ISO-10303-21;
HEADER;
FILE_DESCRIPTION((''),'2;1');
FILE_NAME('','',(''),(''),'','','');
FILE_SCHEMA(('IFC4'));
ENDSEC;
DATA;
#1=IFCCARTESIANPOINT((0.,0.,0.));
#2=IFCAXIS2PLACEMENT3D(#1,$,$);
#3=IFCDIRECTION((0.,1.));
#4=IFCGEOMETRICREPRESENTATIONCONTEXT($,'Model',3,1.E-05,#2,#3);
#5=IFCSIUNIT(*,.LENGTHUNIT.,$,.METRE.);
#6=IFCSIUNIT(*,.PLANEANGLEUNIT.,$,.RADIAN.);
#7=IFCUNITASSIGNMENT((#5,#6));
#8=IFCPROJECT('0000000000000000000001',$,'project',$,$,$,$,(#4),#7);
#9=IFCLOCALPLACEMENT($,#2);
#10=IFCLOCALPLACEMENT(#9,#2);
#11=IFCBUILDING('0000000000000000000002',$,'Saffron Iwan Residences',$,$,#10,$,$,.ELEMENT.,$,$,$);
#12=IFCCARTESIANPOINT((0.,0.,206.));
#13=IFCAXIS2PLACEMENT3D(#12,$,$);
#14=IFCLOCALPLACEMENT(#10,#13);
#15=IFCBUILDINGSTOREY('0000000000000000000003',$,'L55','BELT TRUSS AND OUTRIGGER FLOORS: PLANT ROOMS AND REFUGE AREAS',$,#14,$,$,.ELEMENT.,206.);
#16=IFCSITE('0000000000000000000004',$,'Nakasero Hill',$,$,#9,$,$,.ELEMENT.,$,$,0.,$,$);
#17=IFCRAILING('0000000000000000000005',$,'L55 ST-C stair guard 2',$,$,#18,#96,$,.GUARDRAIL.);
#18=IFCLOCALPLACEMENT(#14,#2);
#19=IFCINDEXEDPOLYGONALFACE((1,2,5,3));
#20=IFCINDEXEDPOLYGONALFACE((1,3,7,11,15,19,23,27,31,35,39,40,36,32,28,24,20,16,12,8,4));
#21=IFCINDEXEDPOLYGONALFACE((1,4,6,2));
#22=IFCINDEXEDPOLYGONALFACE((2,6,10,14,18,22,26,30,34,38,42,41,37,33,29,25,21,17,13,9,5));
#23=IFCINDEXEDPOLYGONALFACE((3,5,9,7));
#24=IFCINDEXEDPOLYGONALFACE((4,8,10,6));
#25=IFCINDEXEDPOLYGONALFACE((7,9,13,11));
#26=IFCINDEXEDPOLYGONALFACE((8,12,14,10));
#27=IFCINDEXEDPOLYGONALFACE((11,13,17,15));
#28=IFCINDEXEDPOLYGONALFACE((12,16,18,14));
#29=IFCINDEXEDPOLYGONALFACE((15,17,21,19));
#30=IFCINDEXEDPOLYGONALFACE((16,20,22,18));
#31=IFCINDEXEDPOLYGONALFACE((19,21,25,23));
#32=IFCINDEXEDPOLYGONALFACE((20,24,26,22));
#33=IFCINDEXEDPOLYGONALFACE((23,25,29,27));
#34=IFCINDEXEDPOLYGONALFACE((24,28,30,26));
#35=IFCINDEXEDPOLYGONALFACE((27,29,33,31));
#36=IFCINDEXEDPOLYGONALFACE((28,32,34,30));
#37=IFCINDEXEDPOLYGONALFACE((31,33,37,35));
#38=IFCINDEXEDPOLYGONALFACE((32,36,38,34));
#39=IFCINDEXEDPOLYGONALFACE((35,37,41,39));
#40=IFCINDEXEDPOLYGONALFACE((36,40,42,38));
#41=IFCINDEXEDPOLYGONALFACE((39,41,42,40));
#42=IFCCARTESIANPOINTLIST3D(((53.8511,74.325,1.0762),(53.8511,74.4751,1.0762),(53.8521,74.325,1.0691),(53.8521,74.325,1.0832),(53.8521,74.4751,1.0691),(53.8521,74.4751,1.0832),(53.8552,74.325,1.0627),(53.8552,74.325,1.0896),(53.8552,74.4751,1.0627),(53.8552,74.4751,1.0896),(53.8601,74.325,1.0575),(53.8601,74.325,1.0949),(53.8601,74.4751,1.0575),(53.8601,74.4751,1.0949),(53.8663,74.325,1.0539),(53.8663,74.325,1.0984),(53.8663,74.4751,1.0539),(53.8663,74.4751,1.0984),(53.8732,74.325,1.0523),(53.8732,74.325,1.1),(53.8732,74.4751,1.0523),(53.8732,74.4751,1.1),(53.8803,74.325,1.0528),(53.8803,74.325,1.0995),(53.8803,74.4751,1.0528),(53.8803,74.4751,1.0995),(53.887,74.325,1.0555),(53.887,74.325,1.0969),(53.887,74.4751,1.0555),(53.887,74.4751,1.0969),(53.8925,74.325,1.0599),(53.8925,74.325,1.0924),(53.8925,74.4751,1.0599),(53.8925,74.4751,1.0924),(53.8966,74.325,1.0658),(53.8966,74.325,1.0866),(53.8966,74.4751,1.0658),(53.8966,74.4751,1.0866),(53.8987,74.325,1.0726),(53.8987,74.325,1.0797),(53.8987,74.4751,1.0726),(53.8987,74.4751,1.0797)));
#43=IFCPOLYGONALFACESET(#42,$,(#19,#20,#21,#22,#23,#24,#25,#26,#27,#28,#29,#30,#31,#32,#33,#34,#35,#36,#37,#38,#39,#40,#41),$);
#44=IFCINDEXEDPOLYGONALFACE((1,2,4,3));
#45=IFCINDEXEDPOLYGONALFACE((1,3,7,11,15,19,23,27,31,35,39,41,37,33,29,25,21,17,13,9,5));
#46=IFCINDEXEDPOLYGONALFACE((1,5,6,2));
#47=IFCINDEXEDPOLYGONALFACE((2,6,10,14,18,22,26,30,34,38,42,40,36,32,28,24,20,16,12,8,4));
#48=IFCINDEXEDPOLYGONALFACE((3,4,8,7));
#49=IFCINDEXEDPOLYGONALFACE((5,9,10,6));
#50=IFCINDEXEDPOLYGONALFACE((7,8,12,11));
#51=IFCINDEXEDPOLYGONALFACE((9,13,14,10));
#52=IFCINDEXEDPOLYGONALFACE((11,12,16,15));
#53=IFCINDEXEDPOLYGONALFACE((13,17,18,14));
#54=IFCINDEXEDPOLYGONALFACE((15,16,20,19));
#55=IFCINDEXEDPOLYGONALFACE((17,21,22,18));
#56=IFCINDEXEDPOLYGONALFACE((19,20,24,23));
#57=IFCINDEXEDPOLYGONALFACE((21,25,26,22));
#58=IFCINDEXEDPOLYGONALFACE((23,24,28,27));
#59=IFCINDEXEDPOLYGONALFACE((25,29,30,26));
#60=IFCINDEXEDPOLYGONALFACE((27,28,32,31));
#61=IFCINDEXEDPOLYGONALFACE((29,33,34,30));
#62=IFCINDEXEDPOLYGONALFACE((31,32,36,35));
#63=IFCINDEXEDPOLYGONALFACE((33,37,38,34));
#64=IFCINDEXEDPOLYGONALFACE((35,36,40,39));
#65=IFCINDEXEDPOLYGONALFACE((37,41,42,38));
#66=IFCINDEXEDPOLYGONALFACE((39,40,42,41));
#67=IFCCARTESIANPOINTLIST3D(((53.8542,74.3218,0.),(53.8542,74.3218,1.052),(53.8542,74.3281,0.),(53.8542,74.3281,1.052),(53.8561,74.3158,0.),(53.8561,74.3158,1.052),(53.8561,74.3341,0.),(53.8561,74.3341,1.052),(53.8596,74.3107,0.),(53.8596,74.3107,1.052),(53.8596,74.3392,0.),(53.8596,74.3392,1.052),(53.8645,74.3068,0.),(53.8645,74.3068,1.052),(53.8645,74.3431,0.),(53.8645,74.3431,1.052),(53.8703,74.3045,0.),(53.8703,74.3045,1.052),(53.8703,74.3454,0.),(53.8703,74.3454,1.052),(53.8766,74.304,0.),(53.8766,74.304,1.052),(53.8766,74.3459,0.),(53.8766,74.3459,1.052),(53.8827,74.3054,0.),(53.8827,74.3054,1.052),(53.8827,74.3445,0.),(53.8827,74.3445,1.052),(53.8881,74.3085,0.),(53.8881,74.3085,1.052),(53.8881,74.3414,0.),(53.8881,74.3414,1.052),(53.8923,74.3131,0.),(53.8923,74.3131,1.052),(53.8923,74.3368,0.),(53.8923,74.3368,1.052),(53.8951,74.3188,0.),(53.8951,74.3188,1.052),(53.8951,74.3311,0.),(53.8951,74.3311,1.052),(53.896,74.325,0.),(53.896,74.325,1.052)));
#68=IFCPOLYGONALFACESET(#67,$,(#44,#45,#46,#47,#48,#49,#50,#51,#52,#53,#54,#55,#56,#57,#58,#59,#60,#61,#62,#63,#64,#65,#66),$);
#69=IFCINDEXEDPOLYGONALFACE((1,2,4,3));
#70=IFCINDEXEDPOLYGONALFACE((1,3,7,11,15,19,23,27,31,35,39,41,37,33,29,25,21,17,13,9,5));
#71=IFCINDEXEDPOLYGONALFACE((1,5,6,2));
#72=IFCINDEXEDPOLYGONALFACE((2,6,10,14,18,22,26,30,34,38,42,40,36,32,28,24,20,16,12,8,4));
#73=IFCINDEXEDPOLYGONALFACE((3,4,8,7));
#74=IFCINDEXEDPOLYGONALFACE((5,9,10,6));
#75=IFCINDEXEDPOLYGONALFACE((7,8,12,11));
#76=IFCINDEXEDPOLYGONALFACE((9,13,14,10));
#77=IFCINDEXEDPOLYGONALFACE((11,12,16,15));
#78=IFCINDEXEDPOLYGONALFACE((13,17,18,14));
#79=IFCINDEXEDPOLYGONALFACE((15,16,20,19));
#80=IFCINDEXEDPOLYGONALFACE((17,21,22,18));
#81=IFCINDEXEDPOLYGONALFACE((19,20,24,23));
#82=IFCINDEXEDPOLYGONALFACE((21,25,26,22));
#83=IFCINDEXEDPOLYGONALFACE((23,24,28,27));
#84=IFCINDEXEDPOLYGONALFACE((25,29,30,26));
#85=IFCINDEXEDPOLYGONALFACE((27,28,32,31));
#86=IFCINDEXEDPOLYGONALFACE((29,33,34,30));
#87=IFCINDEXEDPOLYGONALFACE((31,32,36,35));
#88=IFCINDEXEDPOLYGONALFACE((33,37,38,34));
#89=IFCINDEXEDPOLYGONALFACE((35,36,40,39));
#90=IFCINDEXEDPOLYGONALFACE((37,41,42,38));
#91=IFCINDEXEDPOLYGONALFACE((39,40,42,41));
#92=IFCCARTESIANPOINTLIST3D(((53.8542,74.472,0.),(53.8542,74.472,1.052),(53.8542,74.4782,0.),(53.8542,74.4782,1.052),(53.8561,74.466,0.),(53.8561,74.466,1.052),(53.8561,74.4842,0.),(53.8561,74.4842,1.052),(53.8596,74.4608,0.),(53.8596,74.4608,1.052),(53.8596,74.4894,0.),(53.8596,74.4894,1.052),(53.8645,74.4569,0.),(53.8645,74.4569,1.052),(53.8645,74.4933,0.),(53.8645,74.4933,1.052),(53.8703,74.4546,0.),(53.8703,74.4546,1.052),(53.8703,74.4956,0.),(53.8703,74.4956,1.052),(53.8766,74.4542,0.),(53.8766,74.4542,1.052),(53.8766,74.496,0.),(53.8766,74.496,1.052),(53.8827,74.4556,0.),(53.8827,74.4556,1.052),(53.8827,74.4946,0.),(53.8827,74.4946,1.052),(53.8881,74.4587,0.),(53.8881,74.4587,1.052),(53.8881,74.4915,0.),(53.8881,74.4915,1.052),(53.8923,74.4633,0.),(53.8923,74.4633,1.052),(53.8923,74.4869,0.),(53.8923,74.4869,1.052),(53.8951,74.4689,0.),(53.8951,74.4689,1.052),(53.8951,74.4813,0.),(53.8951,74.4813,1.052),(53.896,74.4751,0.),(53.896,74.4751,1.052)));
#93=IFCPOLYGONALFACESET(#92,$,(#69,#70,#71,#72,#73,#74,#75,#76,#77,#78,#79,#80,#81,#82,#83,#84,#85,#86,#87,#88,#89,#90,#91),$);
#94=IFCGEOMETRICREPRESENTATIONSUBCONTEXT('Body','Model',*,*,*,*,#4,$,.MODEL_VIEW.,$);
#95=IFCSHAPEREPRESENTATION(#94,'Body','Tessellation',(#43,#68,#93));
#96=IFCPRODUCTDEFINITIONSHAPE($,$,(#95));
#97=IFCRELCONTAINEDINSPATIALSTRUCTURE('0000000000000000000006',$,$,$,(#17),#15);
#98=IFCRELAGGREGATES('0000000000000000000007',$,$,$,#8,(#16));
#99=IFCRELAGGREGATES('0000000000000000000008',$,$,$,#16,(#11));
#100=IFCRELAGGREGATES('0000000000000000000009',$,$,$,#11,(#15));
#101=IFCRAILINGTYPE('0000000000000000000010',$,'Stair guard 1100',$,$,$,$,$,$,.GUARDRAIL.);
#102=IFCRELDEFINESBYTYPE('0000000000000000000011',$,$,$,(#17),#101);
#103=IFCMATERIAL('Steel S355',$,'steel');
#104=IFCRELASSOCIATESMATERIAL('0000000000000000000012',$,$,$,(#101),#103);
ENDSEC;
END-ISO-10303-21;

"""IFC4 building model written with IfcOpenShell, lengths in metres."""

from ifc_helpers import new_model, si_unit, direction, frame, origin, origin_2d, place, context, subcontext, project, spatial, circle, extrude, material, type_object, element, save


model = new_model("IFC4")

# Units and contexts
model_context = context("Model", 3, precision=1e-05, world=origin(), true_north=direction((0.0, 1.0)))
body_context = subcontext(model_context, "Body", "Model", "MODEL_VIEW")
ifc_project = project(units=[si_unit("LENGTHUNIT", "METRE"), si_unit("PLANEANGLEUNIT", "RADIAN")], contexts=[model_context])

# Site, building, storey
site_placement = place(None, origin())
site = spatial("IfcSite", under=ifc_project, at=site_placement, Name="Nakasero Hill", CompositionType="ELEMENT", RefElevation=0.0)
building_placement = place(site_placement, origin())
building = spatial("IfcBuilding", under=site, at=building_placement, Name="Saffron Iwan Residences", CompositionType="ELEMENT")
storey_placement = place(building_placement, frame((0.0, 0.0, 206.0)))
storey = spatial("IfcBuildingStorey", under=building, at=storey_placement, Name="L55", Description="BELT TRUSS AND OUTRIGGER FLOORS: PLANT ROOMS AND REFUGE AREAS", CompositionType="ELEMENT", Elevation=206.0)

# Shared definitions
ifc_material_1 = material(Name="Steel S355", Category="steel")

# Railing
railing_type_1 = type_object("IfcRailingType", Name="Stair guard 1100", PredefinedType="GUARDRAIL", material=ifc_material_1)
railing_1_placement = place(storey_placement, frame((53.875, 74.325, 0.0)))
element("IfcRailing", 1, at=railing_1_placement, inside=storey, type_object=railing_type_1, Name="L55 ST-C stair guard 2", PredefinedType="GUARDRAIL", context=body_context, shape_type="SweptSolid", body=[
    extrude(circle(Radius=0.0239, at=origin_2d()), frame((0.0, 0.0, 1.0762), z_axis=(0.0, 1.0, 0.0), x_axis=(-1.0, 0.0, 0.0)), (0.0, 0.0, 1.0), 0.1501),
    extrude(circle(Radius=0.021, at=origin_2d()), origin(), (0.0, 0.0, 1.0), 1.052),
    extrude(circle(Radius=0.021, at=origin_2d()), frame((0.0, 0.1501, 0.0)), (0.0, 0.0, 1.0), 1.052),
])

save(model, "model.ifc")
